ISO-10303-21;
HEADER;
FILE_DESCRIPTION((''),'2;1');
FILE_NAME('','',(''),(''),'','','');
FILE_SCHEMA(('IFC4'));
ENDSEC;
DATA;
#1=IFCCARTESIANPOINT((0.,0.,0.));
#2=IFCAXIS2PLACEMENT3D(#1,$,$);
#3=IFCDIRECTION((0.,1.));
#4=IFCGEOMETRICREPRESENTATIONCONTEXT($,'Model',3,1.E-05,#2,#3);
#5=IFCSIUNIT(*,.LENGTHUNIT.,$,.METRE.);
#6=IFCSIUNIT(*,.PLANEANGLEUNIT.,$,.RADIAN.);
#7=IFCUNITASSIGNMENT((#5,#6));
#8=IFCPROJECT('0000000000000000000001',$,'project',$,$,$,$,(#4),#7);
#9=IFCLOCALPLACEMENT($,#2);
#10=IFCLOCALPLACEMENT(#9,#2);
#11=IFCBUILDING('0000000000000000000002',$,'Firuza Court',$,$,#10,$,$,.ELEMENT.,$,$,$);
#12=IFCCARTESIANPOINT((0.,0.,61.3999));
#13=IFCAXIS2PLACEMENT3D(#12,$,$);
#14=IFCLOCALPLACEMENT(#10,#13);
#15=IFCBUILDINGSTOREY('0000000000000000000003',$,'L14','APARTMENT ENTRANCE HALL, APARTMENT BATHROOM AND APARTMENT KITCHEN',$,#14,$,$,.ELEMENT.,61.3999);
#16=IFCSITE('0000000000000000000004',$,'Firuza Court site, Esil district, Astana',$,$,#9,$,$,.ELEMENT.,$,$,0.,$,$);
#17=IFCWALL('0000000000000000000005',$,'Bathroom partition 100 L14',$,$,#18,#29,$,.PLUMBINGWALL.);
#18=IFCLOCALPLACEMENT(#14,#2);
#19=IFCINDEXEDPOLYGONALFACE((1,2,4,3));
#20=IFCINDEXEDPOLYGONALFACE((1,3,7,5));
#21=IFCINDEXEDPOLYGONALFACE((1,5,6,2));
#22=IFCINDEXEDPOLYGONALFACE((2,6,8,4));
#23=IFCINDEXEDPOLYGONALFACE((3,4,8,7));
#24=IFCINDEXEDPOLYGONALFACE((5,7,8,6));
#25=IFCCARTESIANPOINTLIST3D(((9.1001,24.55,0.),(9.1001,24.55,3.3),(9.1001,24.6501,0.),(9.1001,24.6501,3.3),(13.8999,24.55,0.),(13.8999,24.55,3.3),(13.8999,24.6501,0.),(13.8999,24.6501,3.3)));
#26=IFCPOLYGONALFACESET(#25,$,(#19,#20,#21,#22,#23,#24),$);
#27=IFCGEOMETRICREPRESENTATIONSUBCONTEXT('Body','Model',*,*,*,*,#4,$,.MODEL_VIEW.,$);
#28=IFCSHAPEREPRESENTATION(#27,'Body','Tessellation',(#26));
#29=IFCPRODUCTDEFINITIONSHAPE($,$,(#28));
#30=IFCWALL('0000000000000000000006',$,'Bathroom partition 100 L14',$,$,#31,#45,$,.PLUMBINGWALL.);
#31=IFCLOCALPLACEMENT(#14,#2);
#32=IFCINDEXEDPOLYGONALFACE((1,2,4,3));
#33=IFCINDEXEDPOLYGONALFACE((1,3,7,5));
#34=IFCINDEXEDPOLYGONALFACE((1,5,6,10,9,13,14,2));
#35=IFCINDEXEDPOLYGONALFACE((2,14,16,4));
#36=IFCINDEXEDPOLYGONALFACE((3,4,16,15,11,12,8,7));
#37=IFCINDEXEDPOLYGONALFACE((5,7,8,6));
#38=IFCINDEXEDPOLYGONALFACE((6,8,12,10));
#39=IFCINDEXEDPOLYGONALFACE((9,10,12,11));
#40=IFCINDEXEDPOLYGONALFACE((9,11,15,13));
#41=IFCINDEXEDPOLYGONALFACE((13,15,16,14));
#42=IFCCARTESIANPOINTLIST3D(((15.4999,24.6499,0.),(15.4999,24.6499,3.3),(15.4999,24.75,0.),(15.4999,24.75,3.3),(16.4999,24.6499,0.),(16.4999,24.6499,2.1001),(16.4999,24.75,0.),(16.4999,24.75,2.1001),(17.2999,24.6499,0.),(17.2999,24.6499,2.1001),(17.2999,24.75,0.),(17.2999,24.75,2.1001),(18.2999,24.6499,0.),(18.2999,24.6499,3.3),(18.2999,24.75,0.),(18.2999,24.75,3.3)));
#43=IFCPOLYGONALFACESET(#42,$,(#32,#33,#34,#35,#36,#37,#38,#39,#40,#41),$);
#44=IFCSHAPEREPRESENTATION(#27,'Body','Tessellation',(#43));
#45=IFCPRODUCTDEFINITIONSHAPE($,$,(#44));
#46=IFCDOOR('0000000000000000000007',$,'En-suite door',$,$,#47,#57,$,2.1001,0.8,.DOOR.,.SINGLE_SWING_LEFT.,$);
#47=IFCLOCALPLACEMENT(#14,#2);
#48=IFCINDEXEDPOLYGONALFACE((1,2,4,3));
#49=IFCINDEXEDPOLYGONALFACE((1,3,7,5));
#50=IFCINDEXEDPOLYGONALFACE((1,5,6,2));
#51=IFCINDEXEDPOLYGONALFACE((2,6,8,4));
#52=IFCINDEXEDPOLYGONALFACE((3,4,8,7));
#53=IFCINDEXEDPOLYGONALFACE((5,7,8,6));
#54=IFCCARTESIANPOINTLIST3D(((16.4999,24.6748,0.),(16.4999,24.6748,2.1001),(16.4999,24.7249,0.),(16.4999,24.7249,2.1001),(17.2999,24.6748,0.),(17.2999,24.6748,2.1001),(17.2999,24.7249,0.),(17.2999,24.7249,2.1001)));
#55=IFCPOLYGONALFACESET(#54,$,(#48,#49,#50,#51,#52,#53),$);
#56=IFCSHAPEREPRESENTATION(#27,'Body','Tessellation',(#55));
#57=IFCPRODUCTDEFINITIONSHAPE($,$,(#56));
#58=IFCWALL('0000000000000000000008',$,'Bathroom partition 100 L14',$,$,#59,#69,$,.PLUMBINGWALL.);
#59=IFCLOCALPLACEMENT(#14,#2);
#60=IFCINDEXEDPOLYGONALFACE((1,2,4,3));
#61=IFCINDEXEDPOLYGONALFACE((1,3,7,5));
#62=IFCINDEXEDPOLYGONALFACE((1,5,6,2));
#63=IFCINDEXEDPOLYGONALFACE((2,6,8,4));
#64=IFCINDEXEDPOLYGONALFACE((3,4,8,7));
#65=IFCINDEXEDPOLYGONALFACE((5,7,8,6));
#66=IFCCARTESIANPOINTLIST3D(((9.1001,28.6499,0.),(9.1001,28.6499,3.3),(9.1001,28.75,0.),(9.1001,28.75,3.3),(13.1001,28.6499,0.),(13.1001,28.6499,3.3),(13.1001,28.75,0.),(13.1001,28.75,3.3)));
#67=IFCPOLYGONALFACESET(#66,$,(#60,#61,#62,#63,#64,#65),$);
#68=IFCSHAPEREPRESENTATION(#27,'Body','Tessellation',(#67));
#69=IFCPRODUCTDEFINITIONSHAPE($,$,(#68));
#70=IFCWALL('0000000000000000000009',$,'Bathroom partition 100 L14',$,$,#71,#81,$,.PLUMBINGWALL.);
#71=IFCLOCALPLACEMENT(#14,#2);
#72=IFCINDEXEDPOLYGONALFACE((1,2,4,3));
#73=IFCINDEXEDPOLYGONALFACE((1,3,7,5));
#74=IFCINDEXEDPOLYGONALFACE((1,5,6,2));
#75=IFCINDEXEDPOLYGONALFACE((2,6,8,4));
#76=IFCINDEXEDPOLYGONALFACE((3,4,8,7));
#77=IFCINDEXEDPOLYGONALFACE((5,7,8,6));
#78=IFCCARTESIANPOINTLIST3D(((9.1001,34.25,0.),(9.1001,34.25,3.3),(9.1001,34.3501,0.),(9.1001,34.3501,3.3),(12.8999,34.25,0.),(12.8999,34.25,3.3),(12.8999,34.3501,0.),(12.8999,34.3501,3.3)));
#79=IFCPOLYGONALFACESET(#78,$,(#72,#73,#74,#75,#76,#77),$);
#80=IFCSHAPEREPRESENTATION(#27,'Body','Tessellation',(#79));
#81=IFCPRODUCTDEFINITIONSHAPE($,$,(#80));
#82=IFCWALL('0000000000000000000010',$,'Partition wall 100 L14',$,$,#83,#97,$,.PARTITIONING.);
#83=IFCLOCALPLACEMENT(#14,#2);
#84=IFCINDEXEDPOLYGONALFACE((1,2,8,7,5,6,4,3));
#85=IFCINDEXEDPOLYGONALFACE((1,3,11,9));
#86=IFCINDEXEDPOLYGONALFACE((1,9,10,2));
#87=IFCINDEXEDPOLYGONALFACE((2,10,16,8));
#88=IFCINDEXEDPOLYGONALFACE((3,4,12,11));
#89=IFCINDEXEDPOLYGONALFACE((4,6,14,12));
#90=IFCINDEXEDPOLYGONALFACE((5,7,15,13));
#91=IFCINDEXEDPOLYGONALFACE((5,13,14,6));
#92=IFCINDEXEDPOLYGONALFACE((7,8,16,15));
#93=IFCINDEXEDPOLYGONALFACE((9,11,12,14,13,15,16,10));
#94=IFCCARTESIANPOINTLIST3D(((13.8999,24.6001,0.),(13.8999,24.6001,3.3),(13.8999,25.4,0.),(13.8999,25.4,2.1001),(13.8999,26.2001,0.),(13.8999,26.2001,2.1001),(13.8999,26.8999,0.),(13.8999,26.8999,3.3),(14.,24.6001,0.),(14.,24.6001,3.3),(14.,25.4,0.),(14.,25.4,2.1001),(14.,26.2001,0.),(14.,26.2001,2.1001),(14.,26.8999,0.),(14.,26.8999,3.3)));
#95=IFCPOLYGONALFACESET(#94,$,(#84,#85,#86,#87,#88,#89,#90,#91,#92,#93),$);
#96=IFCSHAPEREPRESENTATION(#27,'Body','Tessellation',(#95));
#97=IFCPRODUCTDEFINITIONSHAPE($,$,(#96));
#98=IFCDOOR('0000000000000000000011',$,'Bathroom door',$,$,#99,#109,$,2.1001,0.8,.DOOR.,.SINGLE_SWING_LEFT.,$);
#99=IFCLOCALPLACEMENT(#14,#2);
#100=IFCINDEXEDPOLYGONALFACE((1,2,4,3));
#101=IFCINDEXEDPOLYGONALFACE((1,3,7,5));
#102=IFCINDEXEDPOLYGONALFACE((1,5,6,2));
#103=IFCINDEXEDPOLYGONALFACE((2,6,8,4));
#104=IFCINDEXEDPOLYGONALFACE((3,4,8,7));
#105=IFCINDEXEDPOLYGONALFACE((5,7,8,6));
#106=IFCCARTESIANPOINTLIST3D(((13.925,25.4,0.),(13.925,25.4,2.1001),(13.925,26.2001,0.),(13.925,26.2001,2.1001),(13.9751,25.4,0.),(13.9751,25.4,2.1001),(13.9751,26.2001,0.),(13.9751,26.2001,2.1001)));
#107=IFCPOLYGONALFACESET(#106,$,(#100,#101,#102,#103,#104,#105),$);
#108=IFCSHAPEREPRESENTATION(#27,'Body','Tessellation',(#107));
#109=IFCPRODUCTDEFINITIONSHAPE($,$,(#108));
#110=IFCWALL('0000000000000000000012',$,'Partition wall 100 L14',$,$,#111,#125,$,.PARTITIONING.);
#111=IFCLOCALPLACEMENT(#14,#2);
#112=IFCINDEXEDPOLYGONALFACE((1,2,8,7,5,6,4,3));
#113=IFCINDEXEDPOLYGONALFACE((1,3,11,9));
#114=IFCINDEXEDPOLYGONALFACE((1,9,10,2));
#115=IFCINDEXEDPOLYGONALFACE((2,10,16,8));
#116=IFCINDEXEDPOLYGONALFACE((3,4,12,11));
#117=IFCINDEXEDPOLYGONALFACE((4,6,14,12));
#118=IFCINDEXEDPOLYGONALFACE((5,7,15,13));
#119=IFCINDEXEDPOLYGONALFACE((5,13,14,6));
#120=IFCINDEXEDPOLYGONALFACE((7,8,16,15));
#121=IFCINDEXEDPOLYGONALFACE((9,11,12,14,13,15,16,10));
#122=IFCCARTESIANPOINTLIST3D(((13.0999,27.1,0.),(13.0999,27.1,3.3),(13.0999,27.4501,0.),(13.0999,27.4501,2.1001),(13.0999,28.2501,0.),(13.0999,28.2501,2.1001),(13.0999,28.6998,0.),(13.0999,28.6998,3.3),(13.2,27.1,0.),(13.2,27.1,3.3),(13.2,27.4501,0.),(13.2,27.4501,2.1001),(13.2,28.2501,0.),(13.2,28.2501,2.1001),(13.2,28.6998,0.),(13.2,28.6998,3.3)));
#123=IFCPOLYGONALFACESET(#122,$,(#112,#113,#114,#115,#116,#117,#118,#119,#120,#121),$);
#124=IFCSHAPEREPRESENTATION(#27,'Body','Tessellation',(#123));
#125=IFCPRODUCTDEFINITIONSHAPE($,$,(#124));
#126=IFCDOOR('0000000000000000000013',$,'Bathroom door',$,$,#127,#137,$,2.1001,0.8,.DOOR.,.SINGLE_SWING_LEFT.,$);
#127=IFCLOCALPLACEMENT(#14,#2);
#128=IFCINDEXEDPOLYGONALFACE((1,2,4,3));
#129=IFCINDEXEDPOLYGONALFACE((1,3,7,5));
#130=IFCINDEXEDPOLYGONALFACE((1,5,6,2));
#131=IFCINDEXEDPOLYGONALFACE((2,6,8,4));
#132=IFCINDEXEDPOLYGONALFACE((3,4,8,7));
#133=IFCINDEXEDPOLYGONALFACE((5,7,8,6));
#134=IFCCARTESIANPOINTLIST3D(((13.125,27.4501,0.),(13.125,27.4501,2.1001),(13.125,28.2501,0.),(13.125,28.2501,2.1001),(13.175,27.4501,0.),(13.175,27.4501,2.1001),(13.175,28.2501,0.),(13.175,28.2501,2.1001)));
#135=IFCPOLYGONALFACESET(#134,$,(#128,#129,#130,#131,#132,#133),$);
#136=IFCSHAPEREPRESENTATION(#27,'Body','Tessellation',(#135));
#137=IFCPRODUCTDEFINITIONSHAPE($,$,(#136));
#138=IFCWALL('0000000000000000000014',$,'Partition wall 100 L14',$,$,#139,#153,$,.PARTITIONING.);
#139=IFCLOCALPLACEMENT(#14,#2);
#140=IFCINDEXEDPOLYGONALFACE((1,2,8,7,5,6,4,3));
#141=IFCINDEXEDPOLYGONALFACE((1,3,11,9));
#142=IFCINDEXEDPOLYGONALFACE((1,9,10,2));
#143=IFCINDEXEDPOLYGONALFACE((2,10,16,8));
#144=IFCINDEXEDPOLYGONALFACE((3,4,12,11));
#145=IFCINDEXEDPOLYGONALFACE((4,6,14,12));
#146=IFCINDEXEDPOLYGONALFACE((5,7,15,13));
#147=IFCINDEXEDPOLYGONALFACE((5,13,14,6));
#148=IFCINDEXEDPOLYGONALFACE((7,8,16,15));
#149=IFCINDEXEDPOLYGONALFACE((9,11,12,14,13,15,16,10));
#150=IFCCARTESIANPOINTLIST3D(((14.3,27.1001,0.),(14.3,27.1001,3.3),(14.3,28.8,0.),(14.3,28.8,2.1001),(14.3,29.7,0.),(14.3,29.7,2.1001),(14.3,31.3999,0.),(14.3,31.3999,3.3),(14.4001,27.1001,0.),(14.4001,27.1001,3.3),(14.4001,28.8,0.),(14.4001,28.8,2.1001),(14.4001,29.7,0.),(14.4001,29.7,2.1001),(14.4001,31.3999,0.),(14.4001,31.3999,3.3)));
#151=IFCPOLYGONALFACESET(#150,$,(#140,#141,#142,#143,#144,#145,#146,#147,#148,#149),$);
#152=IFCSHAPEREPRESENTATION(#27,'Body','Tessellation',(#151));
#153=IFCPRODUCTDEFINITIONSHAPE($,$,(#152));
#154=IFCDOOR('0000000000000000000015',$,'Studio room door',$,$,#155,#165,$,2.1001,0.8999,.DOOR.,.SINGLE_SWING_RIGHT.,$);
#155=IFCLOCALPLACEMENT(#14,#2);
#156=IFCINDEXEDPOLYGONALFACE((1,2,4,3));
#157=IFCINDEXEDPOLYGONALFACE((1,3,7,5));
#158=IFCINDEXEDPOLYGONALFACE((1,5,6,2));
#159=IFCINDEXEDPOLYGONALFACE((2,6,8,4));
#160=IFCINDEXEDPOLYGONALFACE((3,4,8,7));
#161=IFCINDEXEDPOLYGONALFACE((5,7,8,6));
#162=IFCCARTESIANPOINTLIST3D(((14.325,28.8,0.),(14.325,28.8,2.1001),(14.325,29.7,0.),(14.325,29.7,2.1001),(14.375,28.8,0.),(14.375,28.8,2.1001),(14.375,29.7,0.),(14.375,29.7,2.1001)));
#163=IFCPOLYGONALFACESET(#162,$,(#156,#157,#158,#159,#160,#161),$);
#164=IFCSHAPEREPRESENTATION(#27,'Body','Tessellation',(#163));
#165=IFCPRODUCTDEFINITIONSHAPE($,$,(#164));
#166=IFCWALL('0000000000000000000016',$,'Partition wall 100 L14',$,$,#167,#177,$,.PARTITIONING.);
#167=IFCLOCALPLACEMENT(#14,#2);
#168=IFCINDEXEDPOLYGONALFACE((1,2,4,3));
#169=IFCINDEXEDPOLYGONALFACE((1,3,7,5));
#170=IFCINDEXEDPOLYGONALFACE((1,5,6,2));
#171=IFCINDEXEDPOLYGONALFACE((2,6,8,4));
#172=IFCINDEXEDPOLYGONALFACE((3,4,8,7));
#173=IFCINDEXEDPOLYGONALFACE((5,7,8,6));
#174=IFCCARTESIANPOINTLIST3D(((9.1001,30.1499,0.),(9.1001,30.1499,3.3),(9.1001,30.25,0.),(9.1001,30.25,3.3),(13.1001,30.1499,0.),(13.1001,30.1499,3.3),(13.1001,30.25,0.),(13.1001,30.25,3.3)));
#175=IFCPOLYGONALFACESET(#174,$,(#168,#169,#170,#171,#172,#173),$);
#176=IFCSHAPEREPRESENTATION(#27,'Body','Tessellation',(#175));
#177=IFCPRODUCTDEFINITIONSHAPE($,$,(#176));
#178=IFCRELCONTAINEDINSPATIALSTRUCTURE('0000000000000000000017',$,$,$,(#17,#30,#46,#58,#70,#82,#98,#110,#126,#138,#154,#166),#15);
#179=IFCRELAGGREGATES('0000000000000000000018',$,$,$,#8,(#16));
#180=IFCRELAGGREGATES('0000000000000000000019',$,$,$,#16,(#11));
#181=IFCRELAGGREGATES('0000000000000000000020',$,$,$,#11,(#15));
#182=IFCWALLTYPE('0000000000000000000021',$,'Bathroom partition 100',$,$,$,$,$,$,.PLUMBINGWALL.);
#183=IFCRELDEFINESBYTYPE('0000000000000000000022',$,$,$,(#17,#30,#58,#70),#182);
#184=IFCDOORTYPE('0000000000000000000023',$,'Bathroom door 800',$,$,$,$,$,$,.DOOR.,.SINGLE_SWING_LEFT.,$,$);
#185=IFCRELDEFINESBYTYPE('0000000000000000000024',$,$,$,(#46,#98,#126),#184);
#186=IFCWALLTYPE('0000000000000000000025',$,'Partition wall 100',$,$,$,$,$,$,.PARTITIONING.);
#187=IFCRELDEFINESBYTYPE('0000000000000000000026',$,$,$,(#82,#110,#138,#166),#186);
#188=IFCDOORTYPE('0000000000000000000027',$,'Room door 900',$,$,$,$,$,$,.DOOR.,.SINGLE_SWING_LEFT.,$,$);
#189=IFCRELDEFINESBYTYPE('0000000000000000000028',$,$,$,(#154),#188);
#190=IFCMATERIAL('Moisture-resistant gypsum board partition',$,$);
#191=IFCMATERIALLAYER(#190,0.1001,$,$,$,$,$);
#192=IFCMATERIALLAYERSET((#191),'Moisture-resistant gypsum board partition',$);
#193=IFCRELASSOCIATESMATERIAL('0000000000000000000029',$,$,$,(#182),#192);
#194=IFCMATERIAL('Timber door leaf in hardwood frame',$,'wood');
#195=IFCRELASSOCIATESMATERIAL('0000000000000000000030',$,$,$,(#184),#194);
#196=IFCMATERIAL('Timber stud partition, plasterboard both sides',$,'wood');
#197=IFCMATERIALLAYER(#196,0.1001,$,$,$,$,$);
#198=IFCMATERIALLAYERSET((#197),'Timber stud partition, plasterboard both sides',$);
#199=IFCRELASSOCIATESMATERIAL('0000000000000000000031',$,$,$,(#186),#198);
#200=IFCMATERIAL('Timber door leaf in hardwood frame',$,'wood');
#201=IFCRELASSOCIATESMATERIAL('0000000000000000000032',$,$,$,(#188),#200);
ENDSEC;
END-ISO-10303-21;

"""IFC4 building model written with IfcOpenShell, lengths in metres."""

from ifc_helpers import new_model, si_unit, direction, frame, frame_2d, origin, place, context, subcontext, project, spatial, rectangle, extrude, material, layer, layer_set, type_object, element, fill, save


model = new_model("IFC4")

# Units and contexts
model_context = context("Model", 3, precision=1e-05, world=origin(), true_north=direction((0.0, 1.0)))
body_context = subcontext(model_context, "Body", "Model", "MODEL_VIEW")
ifc_project = project(units=[si_unit("LENGTHUNIT", "METRE"), si_unit("PLANEANGLEUNIT", "RADIAN")], contexts=[model_context])

# Site, building, storey
site_placement = place(None, origin())
site = spatial("IfcSite", under=ifc_project, at=site_placement, Name="Firuza Court site, Esil district, Astana", CompositionType="ELEMENT", RefElevation=0.0)
building_placement = place(site_placement, origin())
building = spatial("IfcBuilding", under=site, at=building_placement, Name="Firuza Court", CompositionType="ELEMENT")
storey_placement = place(building_placement, frame((0.0, 0.0, 61.3999)))
storey = spatial("IfcBuildingStorey", under=building, at=storey_placement, Name="L14", Description="APARTMENT ENTRANCE HALL, APARTMENT BATHROOM AND APARTMENT KITCHEN", CompositionType="ELEMENT", Elevation=61.3999)

# Wall
ifc_material_1 = material(Name="Moisture-resistant gypsum board partition")
ifc_layer_1 = layer(ifc_material_1, 0.1001)
ifc_layer_set_1 = layer_set([ifc_layer_1], Name="Moisture-resistant gypsum board partition")
wall_type_1 = type_object("IfcWallType", Name="Bathroom partition 100", PredefinedType="PLUMBINGWALL", material=ifc_layer_set_1)
wall_1_placement = place(storey_placement, frame((9.1001, 24.6001, 0.0), z_axis=(0.0, 0.0, 1.0), x_axis=(1.0, 0.0, 0.0)))
element("IfcWall", 1, at=wall_1_placement, inside=storey, type_object=wall_type_1, Name="Bathroom partition 100 L14", PredefinedType="PLUMBINGWALL", context=body_context, shape_type="SweptSolid", body=[
    extrude(rectangle(XDim=4.7998, YDim=0.1001, at=frame_2d((2.3999, 0.0))), origin(), (0.0, 0.0, 1.0), 3.3),
])

# Wall, opening, door
wall_2_placement = place(storey_placement, frame((15.5, 24.7, 0.0), z_axis=(0.0, 0.0, 1.0), x_axis=(1.0, 0.0, 0.0)))
wall_2 = element("IfcWall", 2, at=wall_2_placement, inside=storey, type_object=wall_type_1, Name="Bathroom partition 100 L14", PredefinedType="PLUMBINGWALL", context=body_context, shape_type="SweptSolid", body=[
    extrude(rectangle(XDim=2.8, YDim=0.1001, at=frame_2d((1.3999, 0.0))), origin(), (0.0, 0.0, 1.0), 3.3),
])
opening_1_placement = place(wall_2_placement, frame((1.0, 0.0, 0.0)))
opening_1 = element("IfcOpeningElement", 3, at=opening_1_placement, cuts=wall_2, PredefinedType="OPENING", context=body_context, shape_type="SweptSolid", body=[
    extrude(rectangle(XDim=0.8, YDim=2.1001, at=frame_2d((0.3999, 1.05))), frame((0.0, 0.062, 0.0), z_axis=(0.0, -1.0, 0.0), x_axis=(1.0, 0.0, 0.0)), (0.0, 0.0, 1.0), 0.124),
])
ifc_material_2 = material(Name="Timber door leaf in hardwood frame", Category="wood")
door_type_1 = type_object("IfcDoorType", Name="Bathroom door 800", OperationType="SINGLE_SWING_LEFT", PredefinedType="DOOR", material=ifc_material_2)
door_1_placement = place(opening_1_placement, origin())
door_1 = element("IfcDoor", 4, at=door_1_placement, inside=storey, type_object=door_type_1, Name="En-suite door", OperationType="SINGLE_SWING_LEFT", OverallHeight=2.1001, OverallWidth=0.8, PredefinedType="DOOR", context=body_context, shape_type="SweptSolid", body=[
    extrude(rectangle(XDim=0.8, YDim=2.1001, at=frame_2d((0.3999, 1.05))), frame((0.0, 0.0249, 0.0), z_axis=(0.0, -1.0, 0.0), x_axis=(1.0, 0.0, 0.0)), (0.0, 0.0, 1.0), 0.05),
])
fill(opening_1, door_1)

# Walls
wall_3_placement = place(storey_placement, frame((9.1001, 28.7, 0.0), z_axis=(0.0, 0.0, 1.0), x_axis=(1.0, 0.0, 0.0)))
element("IfcWall", 5, at=wall_3_placement, inside=storey, type_object=wall_type_1, Name="Bathroom partition 100 L14", PredefinedType="PLUMBINGWALL", context=body_context, shape_type="SweptSolid", body=[
    extrude(rectangle(XDim=4.0, YDim=0.1001, at=frame_2d((2.0, 0.0))), origin(), (0.0, 0.0, 1.0), 3.3),
])
wall_4_placement = place(storey_placement, frame((9.1001, 34.3, 0.0), z_axis=(0.0, 0.0, 1.0), x_axis=(1.0, 0.0, 0.0)))
element("IfcWall", 6, at=wall_4_placement, inside=storey, type_object=wall_type_1, Name="Bathroom partition 100 L14", PredefinedType="PLUMBINGWALL", context=body_context, shape_type="SweptSolid", body=[
    extrude(rectangle(XDim=3.7998, YDim=0.1001, at=frame_2d((1.8999, 0.0))), origin(), (0.0, 0.0, 1.0), 3.3),
])

# Walls, openings, doors
ifc_material_3 = material(Name="Timber stud partition, plasterboard both sides", Category="wood")
ifc_layer_2 = layer(ifc_material_3, 0.1001)
ifc_layer_set_2 = layer_set([ifc_layer_2], Name="Timber stud partition, plasterboard both sides")
wall_type_2 = type_object("IfcWallType", Name="Partition wall 100", PredefinedType="PARTITIONING", material=ifc_layer_set_2)
wall_5_placement = place(storey_placement, frame((13.95, 24.6001, 0.0), z_axis=(0.0, 0.0, 1.0), x_axis=(0.0, 1.0, 0.0)))
wall_5 = element("IfcWall", 7, at=wall_5_placement, inside=storey, type_object=wall_type_2, Name="Partition wall 100 L14", PredefinedType="PARTITIONING", context=body_context, shape_type="SweptSolid", body=[
    extrude(rectangle(XDim=2.2998, YDim=0.1001, at=frame_2d((1.1499, 0.0))), origin(), (0.0, 0.0, 1.0), 3.3),
])
opening_2_placement = place(wall_5_placement, frame((0.8, 0.0, 0.0)))
opening_2 = element("IfcOpeningElement", 8, at=opening_2_placement, cuts=wall_5, PredefinedType="OPENING", context=body_context, shape_type="SweptSolid", body=[
    extrude(rectangle(XDim=0.8, YDim=2.1001, at=frame_2d((0.3999, 1.05))), frame((0.0, 0.062, 0.0), z_axis=(0.0, -1.0, 0.0), x_axis=(1.0, 0.0, 0.0)), (0.0, 0.0, 1.0), 0.124),
])
door_2_placement = place(opening_2_placement, origin())
door_2 = element("IfcDoor", 9, at=door_2_placement, inside=storey, type_object=door_type_1, Name="Bathroom door", OperationType="SINGLE_SWING_LEFT", OverallHeight=2.1001, OverallWidth=0.8, PredefinedType="DOOR", context=body_context, shape_type="SweptSolid", body=[
    extrude(rectangle(XDim=0.8, YDim=2.1001, at=frame_2d((0.3999, 1.05))), frame((0.0, 0.0249, 0.0), z_axis=(0.0, -1.0, 0.0), x_axis=(1.0, 0.0, 0.0)), (0.0, 0.0, 1.0), 0.05),
])
fill(opening_2, door_2)
wall_6_placement = place(storey_placement, frame((13.1499, 27.1001, 0.0), z_axis=(0.0, 0.0, 1.0), x_axis=(0.0, 1.0, 0.0)))
wall_6 = element("IfcWall", 10, at=wall_6_placement, inside=storey, type_object=wall_type_2, Name="Partition wall 100 L14", PredefinedType="PARTITIONING", context=body_context, shape_type="SweptSolid", body=[
    extrude(rectangle(XDim=1.5999, YDim=0.1001, at=frame_2d((0.7998, 0.0))), origin(), (0.0, 0.0, 1.0), 3.3),
])
opening_3_placement = place(wall_6_placement, frame((0.3501, 0.0, 0.0)))
opening_3 = element("IfcOpeningElement", 11, at=opening_3_placement, cuts=wall_6, PredefinedType="OPENING", context=body_context, shape_type="SweptSolid", body=[
    extrude(rectangle(XDim=0.8, YDim=2.1001, at=frame_2d((0.3999, 1.05))), frame((0.0, 0.062, 0.0), z_axis=(0.0, -1.0, 0.0), x_axis=(1.0, 0.0, 0.0)), (0.0, 0.0, 1.0), 0.124),
])
door_3_placement = place(opening_3_placement, origin())
door_3 = element("IfcDoor", 12, at=door_3_placement, inside=storey, type_object=door_type_1, Name="Bathroom door", OperationType="SINGLE_SWING_LEFT", OverallHeight=2.1001, OverallWidth=0.8, PredefinedType="DOOR", context=body_context, shape_type="SweptSolid", body=[
    extrude(rectangle(XDim=0.8, YDim=2.1001, at=frame_2d((0.3999, 1.05))), frame((0.0, 0.0249, 0.0), z_axis=(0.0, -1.0, 0.0), x_axis=(1.0, 0.0, 0.0)), (0.0, 0.0, 1.0), 0.05),
])
fill(opening_3, door_3)
wall_7_placement = place(storey_placement, frame((14.3501, 27.1001, 0.0), z_axis=(0.0, 0.0, 1.0), x_axis=(0.0, 1.0, 0.0)))
wall_7 = element("IfcWall", 13, at=wall_7_placement, inside=storey, type_object=wall_type_2, Name="Partition wall 100 L14", PredefinedType="PARTITIONING", context=body_context, shape_type="SweptSolid", body=[
    extrude(rectangle(XDim=4.2998, YDim=0.1001, at=frame_2d((2.1499, 0.0))), origin(), (0.0, 0.0, 1.0), 3.3),
])
opening_4_placement = place(wall_7_placement, frame((1.7, 0.0, 0.0)))
opening_4 = element("IfcOpeningElement", 14, at=opening_4_placement, cuts=wall_7, PredefinedType="OPENING", context=body_context, shape_type="SweptSolid", body=[
    extrude(rectangle(XDim=0.8999, YDim=2.1001, at=frame_2d((0.45, 1.05))), frame((0.0, 0.062, 0.0), z_axis=(0.0, -1.0, 0.0), x_axis=(1.0, 0.0, 0.0)), (0.0, 0.0, 1.0), 0.124),
])
ifc_material_4 = material(Name="Timber door leaf in hardwood frame", Category="wood")
door_type_2 = type_object("IfcDoorType", Name="Room door 900", OperationType="SINGLE_SWING_LEFT", PredefinedType="DOOR", material=ifc_material_4)
door_4_placement = place(opening_4_placement, frame((0.8999, 0.0, 0.0), z_axis=(0.0, 0.0, 1.0), x_axis=(-1.0, 0.0, 0.0)))
door_4 = element("IfcDoor", 15, at=door_4_placement, inside=storey, type_object=door_type_2, Name="Studio room door", OperationType="SINGLE_SWING_RIGHT", OverallHeight=2.1001, OverallWidth=0.8999, PredefinedType="DOOR", context=body_context, shape_type="SweptSolid", body=[
    extrude(rectangle(XDim=0.8999, YDim=2.1001, at=frame_2d((0.45, 1.05))), frame((0.0, 0.0249, 0.0), z_axis=(0.0, -1.0, 0.0), x_axis=(1.0, 0.0, 0.0)), (0.0, 0.0, 1.0), 0.05),
])
fill(opening_4, door_4)

# Wall
wall_8_placement = place(storey_placement, frame((9.1001, 30.2, 0.0), z_axis=(0.0, 0.0, 1.0), x_axis=(1.0, 0.0, 0.0)))
element("IfcWall", 16, at=wall_8_placement, inside=storey, type_object=wall_type_2, Name="Partition wall 100 L14", PredefinedType="PARTITIONING", context=body_context, shape_type="SweptSolid", body=[
    extrude(rectangle(XDim=4.0, YDim=0.1001, at=frame_2d((2.0, 0.0))), origin(), (0.0, 0.0, 1.0), 3.3),
])

save(model, "model.ifc")
